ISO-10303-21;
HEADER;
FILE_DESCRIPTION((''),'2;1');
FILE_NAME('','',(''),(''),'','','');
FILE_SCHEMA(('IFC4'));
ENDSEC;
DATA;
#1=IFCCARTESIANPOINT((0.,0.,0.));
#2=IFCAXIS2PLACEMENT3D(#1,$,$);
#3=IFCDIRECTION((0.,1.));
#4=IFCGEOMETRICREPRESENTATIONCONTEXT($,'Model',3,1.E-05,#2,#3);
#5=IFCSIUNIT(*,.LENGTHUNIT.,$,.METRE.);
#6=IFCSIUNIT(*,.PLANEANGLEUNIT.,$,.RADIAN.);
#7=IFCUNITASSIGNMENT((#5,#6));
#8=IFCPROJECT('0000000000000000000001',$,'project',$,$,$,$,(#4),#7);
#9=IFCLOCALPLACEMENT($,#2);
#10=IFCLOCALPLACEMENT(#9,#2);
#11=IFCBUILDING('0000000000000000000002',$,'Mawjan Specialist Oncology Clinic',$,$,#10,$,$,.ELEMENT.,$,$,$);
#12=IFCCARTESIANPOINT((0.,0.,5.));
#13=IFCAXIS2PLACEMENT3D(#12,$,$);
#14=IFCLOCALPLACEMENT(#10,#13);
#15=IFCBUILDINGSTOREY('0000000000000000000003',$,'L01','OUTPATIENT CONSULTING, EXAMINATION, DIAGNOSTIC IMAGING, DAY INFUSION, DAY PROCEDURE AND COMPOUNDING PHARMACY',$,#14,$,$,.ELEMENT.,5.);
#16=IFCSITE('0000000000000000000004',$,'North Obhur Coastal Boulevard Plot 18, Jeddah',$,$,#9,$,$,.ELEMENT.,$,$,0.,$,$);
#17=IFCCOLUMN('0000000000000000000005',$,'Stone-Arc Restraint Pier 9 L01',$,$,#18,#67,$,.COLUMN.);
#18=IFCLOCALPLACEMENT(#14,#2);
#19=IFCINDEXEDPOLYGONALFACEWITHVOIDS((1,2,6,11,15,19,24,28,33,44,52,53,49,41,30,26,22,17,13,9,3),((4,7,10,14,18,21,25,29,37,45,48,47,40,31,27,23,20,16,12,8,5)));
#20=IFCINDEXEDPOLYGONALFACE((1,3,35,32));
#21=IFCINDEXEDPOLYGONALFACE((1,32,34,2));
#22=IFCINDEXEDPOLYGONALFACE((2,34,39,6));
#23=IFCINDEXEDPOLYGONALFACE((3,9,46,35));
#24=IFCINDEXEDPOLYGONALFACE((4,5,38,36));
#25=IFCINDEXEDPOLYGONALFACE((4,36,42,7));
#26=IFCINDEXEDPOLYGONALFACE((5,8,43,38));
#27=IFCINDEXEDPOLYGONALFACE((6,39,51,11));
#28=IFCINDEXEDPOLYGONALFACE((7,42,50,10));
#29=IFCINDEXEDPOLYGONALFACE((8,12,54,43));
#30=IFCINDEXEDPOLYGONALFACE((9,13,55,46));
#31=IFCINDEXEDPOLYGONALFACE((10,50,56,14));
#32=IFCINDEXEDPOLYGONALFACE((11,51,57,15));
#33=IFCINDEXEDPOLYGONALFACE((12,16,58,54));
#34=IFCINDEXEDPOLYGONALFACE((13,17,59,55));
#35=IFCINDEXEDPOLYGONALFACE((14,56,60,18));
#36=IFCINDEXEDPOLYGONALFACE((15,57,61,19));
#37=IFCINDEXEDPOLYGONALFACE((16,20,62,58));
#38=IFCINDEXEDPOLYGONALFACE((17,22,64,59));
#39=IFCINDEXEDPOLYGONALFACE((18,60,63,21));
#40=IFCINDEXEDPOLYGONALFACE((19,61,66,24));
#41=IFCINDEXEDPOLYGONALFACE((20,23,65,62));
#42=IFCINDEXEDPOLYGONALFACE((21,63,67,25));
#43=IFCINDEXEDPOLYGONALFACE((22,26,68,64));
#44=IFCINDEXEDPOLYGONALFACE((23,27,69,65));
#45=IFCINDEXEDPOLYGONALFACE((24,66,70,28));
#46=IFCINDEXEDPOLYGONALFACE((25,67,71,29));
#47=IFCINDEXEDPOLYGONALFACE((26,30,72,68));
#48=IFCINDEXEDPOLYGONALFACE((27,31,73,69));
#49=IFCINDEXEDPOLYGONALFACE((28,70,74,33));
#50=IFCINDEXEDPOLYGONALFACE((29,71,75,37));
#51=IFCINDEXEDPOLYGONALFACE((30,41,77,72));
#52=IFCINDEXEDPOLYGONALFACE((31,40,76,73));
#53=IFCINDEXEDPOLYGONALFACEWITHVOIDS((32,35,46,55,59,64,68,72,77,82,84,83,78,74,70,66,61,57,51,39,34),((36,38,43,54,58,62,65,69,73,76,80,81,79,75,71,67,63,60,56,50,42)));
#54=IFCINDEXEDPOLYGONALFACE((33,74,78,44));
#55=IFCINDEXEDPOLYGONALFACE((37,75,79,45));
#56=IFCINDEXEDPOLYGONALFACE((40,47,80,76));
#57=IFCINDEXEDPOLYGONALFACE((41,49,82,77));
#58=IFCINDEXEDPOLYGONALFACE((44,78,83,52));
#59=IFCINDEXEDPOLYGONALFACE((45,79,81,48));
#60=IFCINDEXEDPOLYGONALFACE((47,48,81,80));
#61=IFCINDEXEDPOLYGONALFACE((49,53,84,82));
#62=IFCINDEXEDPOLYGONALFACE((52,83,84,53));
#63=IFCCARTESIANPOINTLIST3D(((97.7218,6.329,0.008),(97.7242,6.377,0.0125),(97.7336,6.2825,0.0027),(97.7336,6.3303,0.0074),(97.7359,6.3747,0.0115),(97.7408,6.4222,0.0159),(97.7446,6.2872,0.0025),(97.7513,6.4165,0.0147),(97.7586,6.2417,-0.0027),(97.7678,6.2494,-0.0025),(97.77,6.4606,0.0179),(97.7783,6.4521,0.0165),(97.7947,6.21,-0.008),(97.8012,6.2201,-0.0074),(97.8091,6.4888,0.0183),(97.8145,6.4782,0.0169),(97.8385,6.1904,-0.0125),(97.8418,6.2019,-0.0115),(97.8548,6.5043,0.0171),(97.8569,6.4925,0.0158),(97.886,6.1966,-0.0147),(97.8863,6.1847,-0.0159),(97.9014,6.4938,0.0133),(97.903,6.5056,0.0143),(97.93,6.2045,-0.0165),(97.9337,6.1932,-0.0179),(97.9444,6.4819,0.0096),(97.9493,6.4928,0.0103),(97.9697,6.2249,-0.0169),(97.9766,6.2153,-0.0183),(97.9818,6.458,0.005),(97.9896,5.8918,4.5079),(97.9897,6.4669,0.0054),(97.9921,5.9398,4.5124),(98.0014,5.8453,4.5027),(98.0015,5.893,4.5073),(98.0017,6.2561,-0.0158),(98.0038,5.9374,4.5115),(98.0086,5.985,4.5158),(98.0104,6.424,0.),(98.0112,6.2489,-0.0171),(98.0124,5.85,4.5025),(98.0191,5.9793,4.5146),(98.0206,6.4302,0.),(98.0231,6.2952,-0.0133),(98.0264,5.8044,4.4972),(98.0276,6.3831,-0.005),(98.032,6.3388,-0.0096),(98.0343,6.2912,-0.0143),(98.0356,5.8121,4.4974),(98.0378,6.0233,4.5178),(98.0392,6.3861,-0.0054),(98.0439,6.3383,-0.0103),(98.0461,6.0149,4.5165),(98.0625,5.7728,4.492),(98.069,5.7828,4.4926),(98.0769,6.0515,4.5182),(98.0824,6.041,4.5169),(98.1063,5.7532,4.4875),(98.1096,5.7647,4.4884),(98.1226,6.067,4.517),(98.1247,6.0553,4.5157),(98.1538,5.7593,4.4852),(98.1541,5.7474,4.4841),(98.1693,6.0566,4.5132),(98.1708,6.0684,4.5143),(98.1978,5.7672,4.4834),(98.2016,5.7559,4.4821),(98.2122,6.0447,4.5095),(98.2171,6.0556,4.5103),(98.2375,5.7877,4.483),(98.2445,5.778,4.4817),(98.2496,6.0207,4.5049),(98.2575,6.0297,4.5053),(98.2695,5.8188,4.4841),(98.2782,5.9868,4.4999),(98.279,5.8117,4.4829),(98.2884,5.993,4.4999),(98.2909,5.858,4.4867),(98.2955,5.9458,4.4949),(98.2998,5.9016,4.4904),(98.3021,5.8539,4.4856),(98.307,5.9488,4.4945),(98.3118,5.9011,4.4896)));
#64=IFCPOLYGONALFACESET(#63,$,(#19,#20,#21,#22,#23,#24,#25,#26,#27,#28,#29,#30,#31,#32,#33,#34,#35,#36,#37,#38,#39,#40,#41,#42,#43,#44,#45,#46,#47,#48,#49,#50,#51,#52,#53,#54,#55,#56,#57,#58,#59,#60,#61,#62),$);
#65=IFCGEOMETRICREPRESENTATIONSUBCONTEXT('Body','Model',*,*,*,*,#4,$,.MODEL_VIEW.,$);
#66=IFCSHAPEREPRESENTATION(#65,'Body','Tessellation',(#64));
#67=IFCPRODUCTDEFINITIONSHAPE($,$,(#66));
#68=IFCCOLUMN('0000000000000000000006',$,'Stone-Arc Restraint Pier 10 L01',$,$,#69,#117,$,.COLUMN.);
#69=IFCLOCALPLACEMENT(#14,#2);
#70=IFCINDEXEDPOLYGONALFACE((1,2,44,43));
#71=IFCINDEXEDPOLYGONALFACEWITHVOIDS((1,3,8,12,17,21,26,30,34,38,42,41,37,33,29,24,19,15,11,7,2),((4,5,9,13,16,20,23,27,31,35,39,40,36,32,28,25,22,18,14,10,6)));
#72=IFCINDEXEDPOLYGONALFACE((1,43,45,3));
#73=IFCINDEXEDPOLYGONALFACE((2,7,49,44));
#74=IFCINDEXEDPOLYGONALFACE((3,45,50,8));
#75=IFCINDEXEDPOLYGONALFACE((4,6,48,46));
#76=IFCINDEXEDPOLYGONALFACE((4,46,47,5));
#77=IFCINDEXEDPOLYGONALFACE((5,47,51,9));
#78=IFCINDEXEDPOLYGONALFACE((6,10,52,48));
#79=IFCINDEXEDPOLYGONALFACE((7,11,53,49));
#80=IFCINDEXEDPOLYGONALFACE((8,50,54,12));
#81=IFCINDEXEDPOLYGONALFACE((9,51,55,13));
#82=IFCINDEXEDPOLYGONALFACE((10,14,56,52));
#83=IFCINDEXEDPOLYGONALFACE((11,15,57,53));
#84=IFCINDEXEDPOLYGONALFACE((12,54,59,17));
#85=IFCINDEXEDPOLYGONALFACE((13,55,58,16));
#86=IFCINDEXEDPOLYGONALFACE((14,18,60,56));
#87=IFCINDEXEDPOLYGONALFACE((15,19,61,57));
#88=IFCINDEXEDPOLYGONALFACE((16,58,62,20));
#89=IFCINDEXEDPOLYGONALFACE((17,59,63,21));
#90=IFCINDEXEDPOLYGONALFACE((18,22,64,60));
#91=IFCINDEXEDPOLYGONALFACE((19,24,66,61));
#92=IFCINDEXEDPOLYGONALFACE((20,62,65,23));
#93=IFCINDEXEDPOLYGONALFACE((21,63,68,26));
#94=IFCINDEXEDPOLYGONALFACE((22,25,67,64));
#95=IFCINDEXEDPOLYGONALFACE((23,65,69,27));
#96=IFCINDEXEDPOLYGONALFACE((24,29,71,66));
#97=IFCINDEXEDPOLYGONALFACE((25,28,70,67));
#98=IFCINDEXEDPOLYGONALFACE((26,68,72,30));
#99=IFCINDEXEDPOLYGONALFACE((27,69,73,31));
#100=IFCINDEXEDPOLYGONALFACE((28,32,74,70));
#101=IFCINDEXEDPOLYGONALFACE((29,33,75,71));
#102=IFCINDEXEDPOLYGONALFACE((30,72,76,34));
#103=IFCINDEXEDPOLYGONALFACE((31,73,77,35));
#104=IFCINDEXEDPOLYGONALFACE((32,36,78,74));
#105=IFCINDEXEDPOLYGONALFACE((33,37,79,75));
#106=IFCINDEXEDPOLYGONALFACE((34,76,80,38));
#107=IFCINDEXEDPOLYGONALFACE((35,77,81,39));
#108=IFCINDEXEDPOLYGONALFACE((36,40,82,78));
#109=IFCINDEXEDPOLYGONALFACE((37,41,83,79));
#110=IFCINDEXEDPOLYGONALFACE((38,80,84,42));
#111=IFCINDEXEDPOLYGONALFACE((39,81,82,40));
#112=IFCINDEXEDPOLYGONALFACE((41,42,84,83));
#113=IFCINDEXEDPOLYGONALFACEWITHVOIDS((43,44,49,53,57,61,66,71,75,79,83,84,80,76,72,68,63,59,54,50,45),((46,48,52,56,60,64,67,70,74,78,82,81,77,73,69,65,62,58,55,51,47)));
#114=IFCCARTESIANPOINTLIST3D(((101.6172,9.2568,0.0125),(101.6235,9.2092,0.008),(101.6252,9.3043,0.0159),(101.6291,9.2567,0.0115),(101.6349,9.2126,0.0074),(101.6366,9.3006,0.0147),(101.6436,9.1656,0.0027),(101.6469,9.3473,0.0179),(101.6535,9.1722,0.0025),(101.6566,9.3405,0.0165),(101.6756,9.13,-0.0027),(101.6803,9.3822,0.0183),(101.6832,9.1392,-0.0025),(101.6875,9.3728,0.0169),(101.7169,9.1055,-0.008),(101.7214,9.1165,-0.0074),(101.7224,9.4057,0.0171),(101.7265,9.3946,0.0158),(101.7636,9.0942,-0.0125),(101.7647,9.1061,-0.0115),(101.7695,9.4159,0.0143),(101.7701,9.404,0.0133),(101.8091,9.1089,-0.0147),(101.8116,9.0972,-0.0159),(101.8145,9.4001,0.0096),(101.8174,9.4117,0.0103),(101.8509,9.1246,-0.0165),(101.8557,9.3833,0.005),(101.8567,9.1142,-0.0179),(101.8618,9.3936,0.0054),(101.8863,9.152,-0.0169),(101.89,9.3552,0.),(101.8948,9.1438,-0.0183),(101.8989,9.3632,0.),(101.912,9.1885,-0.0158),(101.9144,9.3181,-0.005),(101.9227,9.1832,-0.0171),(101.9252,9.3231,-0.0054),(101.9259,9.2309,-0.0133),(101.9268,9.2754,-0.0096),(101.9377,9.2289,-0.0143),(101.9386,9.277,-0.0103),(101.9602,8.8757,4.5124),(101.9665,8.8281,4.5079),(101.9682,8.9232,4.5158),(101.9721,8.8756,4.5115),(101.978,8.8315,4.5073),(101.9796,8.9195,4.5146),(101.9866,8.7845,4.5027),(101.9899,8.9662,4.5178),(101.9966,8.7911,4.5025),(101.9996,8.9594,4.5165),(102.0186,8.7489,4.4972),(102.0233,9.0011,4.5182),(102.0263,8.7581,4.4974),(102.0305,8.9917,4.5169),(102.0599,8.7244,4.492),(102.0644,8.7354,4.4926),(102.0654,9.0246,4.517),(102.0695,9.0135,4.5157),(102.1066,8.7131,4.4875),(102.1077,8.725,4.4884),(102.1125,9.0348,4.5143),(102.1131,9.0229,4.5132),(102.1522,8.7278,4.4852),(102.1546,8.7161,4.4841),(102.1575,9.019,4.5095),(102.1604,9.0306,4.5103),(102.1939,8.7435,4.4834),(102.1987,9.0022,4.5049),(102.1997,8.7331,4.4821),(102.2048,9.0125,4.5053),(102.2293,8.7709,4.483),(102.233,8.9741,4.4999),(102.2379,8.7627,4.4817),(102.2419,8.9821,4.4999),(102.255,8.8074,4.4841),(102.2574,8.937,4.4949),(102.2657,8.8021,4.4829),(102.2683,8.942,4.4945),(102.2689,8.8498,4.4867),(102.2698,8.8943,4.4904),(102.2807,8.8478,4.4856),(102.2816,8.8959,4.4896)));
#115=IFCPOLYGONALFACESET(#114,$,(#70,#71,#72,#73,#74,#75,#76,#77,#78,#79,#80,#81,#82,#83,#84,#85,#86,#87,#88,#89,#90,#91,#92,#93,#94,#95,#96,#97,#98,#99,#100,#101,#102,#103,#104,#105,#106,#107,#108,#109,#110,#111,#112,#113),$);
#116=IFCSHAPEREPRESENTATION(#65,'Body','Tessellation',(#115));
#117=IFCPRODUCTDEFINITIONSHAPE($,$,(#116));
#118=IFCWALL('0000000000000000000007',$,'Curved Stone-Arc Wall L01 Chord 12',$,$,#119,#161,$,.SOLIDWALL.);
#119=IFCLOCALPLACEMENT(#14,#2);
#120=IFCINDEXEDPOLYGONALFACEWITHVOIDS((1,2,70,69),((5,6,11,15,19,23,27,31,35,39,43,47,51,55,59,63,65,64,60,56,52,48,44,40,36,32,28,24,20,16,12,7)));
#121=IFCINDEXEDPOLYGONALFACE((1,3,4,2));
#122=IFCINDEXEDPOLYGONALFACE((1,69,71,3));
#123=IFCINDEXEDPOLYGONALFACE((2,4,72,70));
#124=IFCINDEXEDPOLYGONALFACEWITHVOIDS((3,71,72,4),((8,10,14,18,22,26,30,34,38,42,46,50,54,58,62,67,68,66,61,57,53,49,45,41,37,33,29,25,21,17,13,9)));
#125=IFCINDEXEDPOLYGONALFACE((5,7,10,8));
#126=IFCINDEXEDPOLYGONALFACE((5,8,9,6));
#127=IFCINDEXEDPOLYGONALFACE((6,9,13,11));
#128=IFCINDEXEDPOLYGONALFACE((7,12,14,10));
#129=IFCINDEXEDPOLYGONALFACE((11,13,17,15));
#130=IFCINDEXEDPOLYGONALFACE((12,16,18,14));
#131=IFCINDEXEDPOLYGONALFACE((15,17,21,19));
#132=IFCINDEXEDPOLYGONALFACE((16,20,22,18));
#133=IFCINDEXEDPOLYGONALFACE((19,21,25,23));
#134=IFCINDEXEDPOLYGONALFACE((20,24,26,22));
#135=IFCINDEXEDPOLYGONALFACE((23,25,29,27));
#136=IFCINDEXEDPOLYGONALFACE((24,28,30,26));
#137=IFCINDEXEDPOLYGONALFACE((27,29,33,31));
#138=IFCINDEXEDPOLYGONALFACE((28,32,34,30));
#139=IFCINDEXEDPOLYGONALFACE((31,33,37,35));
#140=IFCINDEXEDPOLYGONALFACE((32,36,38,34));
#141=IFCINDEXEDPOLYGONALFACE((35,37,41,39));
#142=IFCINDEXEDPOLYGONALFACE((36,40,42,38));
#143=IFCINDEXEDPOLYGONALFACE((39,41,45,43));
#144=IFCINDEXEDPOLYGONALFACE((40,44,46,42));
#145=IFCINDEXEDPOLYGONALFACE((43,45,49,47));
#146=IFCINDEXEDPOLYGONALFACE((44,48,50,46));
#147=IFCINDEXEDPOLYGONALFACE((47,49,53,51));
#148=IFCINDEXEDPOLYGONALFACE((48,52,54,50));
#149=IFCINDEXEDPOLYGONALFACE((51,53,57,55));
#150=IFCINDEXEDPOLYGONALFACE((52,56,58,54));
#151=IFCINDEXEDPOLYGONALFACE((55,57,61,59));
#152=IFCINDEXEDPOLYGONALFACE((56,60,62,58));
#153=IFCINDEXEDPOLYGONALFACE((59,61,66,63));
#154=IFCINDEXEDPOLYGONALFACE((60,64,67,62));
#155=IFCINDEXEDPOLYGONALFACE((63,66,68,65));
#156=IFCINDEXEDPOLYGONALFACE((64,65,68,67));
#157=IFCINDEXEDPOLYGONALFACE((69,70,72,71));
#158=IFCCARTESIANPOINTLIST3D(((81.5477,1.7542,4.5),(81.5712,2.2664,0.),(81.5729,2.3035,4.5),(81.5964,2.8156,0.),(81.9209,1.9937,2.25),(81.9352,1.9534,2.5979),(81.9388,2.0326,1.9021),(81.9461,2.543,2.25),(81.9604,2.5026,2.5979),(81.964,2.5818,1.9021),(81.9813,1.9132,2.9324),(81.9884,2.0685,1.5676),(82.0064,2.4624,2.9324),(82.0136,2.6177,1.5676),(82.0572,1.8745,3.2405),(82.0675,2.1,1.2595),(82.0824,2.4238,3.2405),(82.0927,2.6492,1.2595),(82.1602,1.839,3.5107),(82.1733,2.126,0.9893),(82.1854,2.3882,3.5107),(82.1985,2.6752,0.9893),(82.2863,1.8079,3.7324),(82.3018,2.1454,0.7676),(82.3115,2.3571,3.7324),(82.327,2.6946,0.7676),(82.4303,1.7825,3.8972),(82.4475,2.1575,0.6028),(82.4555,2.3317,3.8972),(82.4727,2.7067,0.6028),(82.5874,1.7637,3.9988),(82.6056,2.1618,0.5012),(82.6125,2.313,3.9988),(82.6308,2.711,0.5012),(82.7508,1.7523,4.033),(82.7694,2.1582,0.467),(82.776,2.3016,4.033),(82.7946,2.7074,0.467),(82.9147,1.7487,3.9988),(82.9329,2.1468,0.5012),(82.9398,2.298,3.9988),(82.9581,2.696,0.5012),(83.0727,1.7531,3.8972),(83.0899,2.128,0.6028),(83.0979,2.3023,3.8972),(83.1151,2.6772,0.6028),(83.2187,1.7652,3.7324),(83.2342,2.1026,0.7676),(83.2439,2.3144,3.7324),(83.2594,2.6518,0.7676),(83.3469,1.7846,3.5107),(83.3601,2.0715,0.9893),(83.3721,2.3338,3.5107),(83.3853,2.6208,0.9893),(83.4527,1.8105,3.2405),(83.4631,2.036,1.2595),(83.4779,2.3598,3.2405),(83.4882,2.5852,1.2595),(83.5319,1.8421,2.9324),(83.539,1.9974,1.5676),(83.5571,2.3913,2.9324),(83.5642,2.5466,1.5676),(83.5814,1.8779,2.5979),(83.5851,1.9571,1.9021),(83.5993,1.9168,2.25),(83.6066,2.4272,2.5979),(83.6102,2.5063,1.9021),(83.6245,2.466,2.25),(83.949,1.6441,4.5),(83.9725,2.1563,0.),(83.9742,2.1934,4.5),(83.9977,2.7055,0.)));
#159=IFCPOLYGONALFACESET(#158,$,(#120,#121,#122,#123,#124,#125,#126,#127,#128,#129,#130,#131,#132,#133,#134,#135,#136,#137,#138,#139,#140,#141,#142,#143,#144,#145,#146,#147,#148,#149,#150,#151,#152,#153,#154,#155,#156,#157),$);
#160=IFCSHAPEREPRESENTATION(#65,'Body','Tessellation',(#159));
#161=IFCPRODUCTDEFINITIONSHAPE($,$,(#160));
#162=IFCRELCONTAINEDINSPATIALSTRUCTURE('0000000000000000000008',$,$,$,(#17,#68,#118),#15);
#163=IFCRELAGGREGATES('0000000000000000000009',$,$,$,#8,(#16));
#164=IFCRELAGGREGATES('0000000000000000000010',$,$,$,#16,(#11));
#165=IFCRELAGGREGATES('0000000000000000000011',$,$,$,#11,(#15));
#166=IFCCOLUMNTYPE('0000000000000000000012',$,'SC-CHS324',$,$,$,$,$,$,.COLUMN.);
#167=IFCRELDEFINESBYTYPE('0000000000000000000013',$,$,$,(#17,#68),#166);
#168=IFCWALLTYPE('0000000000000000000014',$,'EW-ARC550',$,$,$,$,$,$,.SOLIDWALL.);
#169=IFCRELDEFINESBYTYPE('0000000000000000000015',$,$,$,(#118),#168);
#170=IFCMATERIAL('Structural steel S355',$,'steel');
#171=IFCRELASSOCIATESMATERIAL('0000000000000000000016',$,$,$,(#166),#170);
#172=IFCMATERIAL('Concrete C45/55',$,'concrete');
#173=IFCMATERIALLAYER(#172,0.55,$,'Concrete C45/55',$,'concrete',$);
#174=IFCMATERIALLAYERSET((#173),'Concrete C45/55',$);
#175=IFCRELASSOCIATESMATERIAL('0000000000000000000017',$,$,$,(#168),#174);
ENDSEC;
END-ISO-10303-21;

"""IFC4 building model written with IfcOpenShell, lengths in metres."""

from ifc_helpers import new_model, si_unit, direction, frame, origin, origin_2d, place, context, subcontext, project, spatial, polyline, hollow_circle, outline, extrude, material, layer, layer_set, material_profile, profile_set, type_object, element, save


model = new_model("IFC4")

# Units and contexts
model_context = context("Model", 3, precision=1e-05, world=origin(), true_north=direction((0.0, 1.0)))
body_context = subcontext(model_context, "Body", "Model", "MODEL_VIEW")
ifc_project = project(units=[si_unit("LENGTHUNIT", "METRE"), si_unit("PLANEANGLEUNIT", "RADIAN")], contexts=[model_context])

# Site, building, storey
site_placement = place(None, origin())
site = spatial("IfcSite", under=ifc_project, at=site_placement, Name="North Obhur Coastal Boulevard Plot 18, Jeddah", CompositionType="ELEMENT", RefElevation=0.0)
building_placement = place(site_placement, origin())
building = spatial("IfcBuilding", under=site, at=building_placement, Name="Mawjan Specialist Oncology Clinic", CompositionType="ELEMENT")
storey_placement = place(building_placement, frame((0.0, 0.0, 5.0)))
storey = spatial("IfcBuildingStorey", under=building, at=storey_placement, Name="L01", Description="OUTPATIENT CONSULTING, EXAMINATION, DIAGNOSTIC IMAGING, DAY INFUSION, DAY PROCEDURE AND COMPOUNDING PHARMACY", CompositionType="ELEMENT", Elevation=5.0)

# Columns
ifc_material_1 = material(Name="Structural steel S355", Category="steel")
ifc_material_profile = material_profile(ifc_material_1, hollow_circle(Radius=0.1619, WallThickness=0.012, at=origin_2d()), Name="CHS 323.9x12", Category="steel")
ifc_profile_set = profile_set([ifc_material_profile], Name="Structural steel S355")
column_type = type_object("IfcColumnType", Name="SC-CHS324", PredefinedType="COLUMN", material=ifc_profile_set)
for number, where, z_axis, x_axis, name in (
    (1, (97.8826, 6.3457, 0.0), (0.059133, -0.096543, 0.993571), (0.852752, 0.522316, 0.0), "Stone-Arc Restraint Pier 9 L01"),
    (2, (101.7786, 9.2549, 0.0), (0.075736, -0.084145, 0.993571), (0.74327, 0.668991, 0.0), "Stone-Arc Restraint Pier 10 L01"),
):
    element("IfcColumn", number, at=place(storey_placement, frame(where, z_axis=z_axis, x_axis=x_axis)), inside=storey, type_object=column_type, Name=name, PredefinedType="COLUMN", context=body_context, shape_type="SweptSolid", body=[
        extrude(hollow_circle(Radius=0.1619, WallThickness=0.012, at=origin_2d()), origin(), (0.0, 0.0, 1.0), 4.5291),
    ])

# Wall, opening
ifc_material_2 = material(Name="Concrete C45/55", Category="concrete")
ifc_layer = layer(ifc_material_2, 0.55, Name="Concrete C45/55", Category="concrete")
ifc_layer_set = layer_set([ifc_layer], Name="Concrete C45/55")
wall_type = type_object("IfcWallType", Name="EW-ARC550", PredefinedType="SOLIDWALL", material=ifc_layer_set)
wall_1_placement = place(storey_placement, frame((83.9851, 2.4309, 0.0), z_axis=(0.0, 0.0, 1.0), x_axis=(-0.99895, 0.045804, 0.0)))
wall_1 = element("IfcWall", 3, at=wall_1_placement, inside=storey, type_object=wall_type, Name="Curved Stone-Arc Wall L01 Chord 12", PredefinedType="SOLIDWALL", context=body_context, shape_type="SweptSolid", body=[
    extrude(outline(polyline([(-0.2749, 0.0), (0.2749, 0.0), (0.7876, 4.5), (0.2378, 4.5), (-0.2749, 0.0)])), frame((0.0, 0.0, 0.0), z_axis=(1.0, 0.0, 0.0), x_axis=(0.0, 1.0, 0.0)), (0.0, 0.0, 1.0), 2.4038),
])
opening_1_placement = place(wall_1_placement, origin())
element("IfcOpeningElement", 4, at=opening_1_placement, cuts=wall_1, PredefinedType="OPENING", context=body_context, shape_type="SweptSolid", body=[
    extrude(outline(polyline([(2.042, 2.25), (2.0259, 2.5979), (1.978, 2.9324), (1.9004, 3.2405), (1.7959, 3.5107), (1.6685, 3.7324), (1.5234, 3.8972), (1.3657, 3.9988), (1.2019, 4.033), (1.0381, 3.9988), (0.8804, 3.8972), (0.7351, 3.7324), (0.6079, 3.5107), (0.5034, 3.2405), (0.4258, 2.9324), (0.3779, 2.5979), (0.3618, 2.25), (0.3779, 1.9021), (0.4258, 1.5676), (0.5034, 1.2595), (0.6079, 0.9893), (0.7351, 0.7676), (0.8804, 0.6028), (1.0381, 0.5012), (1.2019, 0.467), (1.3657, 0.5012), (1.5234, 0.6028), (1.6685, 0.7676), (1.7959, 0.9893), (1.9004, 1.2595), (1.978, 1.5676), (2.0259, 1.9021), (2.042, 2.25)])), frame((0.0, 0.8076, 0.0), z_axis=(0.0, -1.0, 0.0), x_axis=(1.0, 0.0, 0.0)), (0.0, 0.0, 1.0), 1.1028),
])

save(model, "model.ifc")
